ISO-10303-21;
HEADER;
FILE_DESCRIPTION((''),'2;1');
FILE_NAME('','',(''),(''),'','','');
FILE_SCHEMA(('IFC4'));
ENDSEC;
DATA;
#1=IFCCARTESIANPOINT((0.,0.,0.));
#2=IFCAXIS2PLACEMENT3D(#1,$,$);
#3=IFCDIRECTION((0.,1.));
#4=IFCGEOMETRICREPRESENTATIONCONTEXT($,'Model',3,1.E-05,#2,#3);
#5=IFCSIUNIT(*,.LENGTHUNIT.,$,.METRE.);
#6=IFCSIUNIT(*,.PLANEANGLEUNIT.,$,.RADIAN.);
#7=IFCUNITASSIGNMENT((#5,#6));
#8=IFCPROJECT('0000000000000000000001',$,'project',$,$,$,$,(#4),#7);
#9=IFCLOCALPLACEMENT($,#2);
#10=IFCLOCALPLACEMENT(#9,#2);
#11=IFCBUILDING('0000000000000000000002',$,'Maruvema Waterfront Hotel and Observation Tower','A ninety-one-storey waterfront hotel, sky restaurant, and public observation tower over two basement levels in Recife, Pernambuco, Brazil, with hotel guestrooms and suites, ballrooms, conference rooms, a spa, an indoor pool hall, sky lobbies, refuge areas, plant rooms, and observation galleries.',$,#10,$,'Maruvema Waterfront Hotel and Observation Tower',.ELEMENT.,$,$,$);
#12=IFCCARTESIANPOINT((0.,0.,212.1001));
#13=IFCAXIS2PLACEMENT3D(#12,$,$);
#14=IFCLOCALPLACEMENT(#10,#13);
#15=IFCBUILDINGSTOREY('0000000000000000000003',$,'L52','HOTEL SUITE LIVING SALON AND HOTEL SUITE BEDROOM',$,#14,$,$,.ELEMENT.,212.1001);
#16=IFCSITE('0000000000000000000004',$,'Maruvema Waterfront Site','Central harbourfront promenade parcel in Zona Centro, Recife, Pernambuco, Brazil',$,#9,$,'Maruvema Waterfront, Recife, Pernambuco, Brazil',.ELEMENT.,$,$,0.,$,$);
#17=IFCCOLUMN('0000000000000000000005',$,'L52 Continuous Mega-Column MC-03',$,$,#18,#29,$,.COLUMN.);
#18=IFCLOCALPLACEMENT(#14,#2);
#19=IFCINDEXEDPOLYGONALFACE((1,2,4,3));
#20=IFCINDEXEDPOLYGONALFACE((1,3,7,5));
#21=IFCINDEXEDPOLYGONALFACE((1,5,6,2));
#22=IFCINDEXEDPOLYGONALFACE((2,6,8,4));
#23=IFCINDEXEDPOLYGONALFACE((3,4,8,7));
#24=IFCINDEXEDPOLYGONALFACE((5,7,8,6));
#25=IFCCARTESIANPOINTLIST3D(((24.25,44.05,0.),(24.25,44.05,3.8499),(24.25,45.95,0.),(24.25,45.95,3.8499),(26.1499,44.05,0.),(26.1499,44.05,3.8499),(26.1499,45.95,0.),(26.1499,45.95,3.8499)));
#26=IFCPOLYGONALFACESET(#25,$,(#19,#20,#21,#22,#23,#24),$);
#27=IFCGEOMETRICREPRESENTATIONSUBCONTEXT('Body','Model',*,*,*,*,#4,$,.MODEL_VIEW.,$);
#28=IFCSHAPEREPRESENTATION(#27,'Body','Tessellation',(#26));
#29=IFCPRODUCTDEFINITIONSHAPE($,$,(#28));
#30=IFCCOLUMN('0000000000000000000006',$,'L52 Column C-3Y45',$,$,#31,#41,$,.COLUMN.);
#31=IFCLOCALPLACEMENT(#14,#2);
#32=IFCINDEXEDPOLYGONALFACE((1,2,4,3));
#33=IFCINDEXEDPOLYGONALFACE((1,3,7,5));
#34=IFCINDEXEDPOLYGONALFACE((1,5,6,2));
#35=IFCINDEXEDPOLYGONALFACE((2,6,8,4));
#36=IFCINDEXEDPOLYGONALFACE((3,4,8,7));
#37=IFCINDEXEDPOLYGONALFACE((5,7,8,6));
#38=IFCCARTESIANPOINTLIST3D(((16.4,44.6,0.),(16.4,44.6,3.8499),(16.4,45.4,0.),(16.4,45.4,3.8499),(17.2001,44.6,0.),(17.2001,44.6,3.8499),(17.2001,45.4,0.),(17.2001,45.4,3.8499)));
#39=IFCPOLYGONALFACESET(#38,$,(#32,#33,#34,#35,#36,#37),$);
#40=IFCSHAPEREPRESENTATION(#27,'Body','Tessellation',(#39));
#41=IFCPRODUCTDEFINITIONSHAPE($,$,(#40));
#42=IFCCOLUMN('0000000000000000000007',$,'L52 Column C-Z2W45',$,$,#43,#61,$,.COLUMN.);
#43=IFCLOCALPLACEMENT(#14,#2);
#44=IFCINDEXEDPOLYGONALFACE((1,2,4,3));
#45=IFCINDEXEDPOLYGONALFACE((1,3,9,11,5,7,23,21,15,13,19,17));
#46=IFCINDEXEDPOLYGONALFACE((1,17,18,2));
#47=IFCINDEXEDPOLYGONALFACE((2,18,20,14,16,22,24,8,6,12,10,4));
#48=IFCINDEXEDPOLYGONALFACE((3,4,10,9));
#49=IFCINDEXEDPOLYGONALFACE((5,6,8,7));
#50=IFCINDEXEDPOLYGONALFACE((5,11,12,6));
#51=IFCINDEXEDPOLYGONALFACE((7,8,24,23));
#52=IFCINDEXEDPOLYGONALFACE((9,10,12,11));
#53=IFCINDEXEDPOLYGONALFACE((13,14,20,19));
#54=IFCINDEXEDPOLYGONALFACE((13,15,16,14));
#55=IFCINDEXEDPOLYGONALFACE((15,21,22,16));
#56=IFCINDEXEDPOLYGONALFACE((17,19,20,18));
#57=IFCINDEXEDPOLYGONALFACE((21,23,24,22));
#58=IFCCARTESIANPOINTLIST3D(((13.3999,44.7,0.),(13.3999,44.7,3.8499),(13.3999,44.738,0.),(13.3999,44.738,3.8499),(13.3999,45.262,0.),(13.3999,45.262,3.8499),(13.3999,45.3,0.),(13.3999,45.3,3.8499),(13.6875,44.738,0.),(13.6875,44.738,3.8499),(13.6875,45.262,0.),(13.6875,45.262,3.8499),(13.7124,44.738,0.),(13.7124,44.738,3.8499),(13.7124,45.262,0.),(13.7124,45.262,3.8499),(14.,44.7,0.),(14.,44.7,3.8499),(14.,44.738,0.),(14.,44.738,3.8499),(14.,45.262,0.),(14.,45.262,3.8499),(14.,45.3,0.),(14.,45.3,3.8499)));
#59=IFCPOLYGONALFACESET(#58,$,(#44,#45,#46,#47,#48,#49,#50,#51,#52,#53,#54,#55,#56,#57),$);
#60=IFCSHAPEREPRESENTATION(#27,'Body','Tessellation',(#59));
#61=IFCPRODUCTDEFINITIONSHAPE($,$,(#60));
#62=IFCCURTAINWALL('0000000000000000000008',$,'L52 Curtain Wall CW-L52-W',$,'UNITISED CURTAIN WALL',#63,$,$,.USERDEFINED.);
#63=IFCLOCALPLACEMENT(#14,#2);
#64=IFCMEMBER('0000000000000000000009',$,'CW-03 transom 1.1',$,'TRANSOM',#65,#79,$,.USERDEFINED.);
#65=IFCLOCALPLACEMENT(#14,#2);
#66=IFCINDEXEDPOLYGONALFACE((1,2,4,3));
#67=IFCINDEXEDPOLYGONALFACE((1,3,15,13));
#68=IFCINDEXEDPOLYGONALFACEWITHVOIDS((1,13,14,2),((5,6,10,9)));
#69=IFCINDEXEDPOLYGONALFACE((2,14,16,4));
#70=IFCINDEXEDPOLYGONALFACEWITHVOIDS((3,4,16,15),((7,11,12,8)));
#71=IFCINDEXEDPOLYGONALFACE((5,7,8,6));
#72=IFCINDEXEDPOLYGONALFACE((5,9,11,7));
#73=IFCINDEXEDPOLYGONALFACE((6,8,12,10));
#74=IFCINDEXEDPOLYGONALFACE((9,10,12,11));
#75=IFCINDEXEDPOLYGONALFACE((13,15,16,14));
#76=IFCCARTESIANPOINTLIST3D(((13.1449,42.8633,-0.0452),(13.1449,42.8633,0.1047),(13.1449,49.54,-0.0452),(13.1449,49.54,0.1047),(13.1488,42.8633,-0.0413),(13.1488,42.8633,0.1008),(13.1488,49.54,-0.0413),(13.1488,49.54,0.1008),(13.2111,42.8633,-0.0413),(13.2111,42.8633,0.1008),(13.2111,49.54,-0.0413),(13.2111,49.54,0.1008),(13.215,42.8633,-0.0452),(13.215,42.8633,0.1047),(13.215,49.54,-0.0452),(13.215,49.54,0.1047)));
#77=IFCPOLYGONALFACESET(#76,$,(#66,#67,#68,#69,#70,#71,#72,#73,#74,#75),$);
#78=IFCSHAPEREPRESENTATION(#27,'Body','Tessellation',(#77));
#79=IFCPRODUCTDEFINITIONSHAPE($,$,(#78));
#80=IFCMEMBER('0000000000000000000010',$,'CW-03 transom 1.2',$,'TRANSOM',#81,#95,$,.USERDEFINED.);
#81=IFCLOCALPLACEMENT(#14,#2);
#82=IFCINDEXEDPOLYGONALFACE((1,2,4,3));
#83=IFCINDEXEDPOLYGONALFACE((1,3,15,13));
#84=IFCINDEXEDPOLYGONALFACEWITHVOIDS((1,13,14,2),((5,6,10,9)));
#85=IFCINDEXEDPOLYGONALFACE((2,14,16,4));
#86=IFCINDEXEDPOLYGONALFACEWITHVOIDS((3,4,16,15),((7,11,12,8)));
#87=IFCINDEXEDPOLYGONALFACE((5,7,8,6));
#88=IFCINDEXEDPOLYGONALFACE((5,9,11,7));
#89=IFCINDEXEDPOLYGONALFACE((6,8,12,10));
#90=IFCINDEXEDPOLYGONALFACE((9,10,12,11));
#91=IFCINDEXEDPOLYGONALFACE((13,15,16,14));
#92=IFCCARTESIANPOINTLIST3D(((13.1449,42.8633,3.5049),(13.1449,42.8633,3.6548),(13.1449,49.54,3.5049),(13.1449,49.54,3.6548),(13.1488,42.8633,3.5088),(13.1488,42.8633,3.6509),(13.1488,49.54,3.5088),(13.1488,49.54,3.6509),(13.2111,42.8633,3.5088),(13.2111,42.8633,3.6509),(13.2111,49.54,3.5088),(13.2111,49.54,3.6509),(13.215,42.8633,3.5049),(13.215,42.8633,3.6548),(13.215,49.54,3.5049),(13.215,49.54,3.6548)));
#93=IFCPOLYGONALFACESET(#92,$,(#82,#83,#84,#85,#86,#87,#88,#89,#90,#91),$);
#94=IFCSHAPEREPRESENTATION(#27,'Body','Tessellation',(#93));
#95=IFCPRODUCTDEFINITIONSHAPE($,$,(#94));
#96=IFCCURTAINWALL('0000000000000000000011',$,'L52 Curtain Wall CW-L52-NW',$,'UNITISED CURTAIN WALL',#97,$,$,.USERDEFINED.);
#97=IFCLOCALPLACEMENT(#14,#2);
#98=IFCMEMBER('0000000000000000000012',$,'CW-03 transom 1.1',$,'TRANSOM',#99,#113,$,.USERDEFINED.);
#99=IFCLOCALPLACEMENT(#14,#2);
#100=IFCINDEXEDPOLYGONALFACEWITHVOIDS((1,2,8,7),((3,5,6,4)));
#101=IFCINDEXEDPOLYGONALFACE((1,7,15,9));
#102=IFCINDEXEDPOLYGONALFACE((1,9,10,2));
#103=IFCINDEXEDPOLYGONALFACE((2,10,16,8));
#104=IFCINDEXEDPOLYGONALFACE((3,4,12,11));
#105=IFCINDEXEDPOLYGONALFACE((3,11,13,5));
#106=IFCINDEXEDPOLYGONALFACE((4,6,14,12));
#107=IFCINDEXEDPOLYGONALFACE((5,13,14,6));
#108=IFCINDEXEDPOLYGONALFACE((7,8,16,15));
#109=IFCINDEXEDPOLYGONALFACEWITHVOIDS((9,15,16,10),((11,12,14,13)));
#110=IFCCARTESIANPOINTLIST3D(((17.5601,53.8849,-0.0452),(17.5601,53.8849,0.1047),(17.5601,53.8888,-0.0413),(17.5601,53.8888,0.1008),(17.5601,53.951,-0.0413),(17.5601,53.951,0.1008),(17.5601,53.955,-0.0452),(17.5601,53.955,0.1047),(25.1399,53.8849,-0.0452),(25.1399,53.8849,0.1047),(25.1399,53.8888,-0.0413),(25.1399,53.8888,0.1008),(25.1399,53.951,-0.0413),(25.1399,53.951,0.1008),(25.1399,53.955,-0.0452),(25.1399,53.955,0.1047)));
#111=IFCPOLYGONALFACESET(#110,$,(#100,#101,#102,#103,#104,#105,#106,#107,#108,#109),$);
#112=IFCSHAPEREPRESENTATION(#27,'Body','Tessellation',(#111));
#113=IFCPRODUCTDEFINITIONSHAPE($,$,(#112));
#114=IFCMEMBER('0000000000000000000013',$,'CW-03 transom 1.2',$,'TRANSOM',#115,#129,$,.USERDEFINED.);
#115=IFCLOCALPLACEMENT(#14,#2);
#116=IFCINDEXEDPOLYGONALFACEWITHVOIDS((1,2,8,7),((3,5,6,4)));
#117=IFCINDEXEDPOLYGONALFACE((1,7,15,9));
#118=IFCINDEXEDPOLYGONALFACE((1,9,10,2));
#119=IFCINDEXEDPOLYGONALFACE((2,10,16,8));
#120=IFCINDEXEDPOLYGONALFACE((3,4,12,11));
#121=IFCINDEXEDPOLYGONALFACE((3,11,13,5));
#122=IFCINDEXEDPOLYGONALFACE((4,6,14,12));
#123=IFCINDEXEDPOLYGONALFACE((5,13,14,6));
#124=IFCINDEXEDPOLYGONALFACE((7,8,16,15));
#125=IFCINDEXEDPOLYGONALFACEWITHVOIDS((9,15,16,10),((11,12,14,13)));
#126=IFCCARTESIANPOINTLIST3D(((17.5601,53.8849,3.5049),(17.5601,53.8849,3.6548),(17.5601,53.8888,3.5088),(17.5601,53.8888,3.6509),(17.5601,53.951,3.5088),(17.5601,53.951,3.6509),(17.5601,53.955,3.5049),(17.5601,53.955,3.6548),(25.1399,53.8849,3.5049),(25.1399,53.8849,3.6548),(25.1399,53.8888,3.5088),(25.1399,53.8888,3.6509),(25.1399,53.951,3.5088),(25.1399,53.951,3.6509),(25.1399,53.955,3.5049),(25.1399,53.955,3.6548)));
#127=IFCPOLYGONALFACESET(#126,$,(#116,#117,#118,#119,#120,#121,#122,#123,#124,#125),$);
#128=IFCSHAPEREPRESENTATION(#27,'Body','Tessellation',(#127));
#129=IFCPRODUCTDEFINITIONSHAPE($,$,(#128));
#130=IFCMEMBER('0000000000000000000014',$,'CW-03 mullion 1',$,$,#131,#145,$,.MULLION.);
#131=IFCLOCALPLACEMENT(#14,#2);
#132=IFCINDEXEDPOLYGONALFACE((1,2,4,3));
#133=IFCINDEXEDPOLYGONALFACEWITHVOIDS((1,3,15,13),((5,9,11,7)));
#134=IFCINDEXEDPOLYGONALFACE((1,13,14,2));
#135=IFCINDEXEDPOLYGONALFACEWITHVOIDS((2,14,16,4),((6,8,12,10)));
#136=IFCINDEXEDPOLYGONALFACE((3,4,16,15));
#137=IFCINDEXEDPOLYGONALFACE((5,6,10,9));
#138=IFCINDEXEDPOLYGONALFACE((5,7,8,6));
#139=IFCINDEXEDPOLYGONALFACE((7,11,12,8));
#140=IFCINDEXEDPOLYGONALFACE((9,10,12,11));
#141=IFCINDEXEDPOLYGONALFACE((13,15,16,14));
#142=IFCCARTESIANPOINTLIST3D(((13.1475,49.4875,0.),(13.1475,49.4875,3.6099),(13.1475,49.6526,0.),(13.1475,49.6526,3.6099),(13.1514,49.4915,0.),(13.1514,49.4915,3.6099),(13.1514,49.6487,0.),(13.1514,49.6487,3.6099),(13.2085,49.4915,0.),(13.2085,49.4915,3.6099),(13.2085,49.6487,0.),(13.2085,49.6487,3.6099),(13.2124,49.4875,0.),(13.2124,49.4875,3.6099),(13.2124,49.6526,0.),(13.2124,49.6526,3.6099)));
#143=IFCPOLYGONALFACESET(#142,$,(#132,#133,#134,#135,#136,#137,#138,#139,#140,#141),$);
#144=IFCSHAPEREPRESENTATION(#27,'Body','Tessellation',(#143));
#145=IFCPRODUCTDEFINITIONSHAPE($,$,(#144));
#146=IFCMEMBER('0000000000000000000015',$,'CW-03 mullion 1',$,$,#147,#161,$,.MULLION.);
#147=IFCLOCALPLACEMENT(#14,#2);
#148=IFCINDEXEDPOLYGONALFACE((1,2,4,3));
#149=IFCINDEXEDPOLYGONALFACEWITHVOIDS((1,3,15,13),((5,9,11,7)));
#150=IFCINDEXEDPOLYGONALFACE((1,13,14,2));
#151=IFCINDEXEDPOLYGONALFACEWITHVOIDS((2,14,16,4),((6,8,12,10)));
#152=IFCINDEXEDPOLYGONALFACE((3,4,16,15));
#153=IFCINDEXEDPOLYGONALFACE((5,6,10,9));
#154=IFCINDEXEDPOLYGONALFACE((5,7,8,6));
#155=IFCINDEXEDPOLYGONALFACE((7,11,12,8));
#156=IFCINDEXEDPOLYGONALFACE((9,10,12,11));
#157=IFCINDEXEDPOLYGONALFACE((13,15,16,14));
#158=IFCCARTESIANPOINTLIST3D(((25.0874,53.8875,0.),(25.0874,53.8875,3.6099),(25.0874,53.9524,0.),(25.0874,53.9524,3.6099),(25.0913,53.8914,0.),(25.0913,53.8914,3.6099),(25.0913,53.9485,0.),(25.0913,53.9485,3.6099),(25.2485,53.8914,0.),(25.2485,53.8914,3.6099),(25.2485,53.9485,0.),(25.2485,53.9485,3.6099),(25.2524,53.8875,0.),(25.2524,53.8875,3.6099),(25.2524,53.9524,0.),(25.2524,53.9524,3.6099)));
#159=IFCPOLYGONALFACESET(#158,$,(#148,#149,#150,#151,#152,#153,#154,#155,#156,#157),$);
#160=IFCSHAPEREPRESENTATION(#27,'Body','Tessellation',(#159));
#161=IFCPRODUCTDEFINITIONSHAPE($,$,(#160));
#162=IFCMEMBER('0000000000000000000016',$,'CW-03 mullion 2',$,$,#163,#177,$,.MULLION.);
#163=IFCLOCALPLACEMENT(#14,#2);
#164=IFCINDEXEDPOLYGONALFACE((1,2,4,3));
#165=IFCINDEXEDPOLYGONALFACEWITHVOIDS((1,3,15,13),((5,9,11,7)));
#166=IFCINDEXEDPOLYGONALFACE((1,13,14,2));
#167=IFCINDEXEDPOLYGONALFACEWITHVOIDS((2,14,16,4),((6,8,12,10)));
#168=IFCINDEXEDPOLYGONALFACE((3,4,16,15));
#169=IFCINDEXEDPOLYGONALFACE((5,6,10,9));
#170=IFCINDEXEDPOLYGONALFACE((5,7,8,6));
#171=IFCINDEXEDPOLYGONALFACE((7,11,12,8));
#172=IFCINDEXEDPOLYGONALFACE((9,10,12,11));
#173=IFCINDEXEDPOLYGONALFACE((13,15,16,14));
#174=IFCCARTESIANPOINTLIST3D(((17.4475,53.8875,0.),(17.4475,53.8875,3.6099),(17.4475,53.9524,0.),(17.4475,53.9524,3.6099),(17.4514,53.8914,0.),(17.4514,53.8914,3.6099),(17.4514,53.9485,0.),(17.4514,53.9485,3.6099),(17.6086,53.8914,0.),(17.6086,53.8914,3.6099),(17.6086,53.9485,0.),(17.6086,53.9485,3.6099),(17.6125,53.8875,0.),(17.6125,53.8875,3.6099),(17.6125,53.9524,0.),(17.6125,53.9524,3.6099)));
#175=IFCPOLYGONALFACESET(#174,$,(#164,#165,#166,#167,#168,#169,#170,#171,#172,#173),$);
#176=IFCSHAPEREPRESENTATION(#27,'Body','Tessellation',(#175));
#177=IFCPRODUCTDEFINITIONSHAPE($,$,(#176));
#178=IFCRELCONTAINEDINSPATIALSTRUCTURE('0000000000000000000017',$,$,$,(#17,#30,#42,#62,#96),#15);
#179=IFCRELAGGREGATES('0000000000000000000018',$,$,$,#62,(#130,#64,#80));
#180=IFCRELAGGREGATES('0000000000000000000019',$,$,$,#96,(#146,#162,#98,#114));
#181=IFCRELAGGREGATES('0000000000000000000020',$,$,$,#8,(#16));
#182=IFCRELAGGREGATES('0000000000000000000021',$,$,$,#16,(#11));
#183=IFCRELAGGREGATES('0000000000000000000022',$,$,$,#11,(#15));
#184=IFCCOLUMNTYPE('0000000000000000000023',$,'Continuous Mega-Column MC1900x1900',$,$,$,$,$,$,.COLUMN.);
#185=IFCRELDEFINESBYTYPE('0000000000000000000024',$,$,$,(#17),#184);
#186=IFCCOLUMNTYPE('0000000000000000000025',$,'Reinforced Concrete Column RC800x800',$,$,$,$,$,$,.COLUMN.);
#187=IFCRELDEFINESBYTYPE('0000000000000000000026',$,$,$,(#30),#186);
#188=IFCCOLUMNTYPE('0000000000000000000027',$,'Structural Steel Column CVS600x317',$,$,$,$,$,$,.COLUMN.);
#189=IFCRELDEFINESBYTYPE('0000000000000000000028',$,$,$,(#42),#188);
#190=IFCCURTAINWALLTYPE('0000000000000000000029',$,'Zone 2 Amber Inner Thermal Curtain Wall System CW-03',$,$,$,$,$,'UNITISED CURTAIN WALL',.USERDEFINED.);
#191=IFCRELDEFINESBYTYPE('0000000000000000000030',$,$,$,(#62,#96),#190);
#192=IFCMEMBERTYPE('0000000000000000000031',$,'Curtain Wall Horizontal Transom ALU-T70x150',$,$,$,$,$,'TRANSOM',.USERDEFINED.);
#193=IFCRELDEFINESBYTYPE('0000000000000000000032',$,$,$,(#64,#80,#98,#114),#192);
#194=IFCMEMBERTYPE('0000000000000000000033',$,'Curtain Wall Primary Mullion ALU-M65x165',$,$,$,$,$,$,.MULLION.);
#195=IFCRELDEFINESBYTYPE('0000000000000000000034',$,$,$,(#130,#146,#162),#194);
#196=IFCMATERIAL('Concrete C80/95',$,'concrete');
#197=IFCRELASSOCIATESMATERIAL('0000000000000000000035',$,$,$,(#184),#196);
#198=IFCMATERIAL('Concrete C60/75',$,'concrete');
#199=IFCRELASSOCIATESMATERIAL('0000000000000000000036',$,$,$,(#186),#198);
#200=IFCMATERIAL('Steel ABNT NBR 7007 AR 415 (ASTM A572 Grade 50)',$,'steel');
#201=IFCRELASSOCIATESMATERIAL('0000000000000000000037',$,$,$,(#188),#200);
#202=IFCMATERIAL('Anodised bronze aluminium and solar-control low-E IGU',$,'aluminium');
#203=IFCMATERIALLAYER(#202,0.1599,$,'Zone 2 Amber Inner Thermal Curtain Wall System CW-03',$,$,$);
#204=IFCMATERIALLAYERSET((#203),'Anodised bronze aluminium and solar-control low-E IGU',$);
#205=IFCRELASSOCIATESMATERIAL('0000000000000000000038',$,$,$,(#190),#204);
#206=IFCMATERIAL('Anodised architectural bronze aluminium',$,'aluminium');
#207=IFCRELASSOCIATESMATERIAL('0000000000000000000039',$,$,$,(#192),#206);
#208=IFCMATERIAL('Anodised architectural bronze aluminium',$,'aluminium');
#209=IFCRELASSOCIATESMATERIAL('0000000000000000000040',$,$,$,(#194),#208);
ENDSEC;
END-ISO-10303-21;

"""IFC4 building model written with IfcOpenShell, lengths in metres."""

from ifc_helpers import new_model, si_unit, direction, frame, origin, origin_2d, place, context, subcontext, project, spatial, rectangle, hollow_rectangle, i_section, extrude, material, layer, layer_set, material_profile, profile_set, type_object, element, aggregate, save


model = new_model("IFC4")

# Units and contexts
model_context = context("Model", 3, precision=1e-05, world=origin(), true_north=direction((0.0, 1.0)))
body_context = subcontext(model_context, "Body", "Model", "MODEL_VIEW")
ifc_project = project(units=[si_unit("LENGTHUNIT", "METRE"), si_unit("PLANEANGLEUNIT", "RADIAN")], contexts=[model_context])

# Site, building, storey
site_placement = place(None, origin())
site = spatial("IfcSite", under=ifc_project, at=site_placement, Name="Maruvema Waterfront Site", Description="Central harbourfront promenade parcel in Zona Centro, Recife, Pernambuco, Brazil", LongName="Maruvema Waterfront, Recife, Pernambuco, Brazil", CompositionType="ELEMENT", RefElevation=0.0)
building_placement = place(site_placement, origin())
building = spatial("IfcBuilding", under=site, at=building_placement, Name="Maruvema Waterfront Hotel and Observation Tower", Description="A ninety-one-storey waterfront hotel, sky restaurant, and public observation tower over two basement levels in Recife, Pernambuco, Brazil, with hotel guestrooms and suites, ballrooms, conference rooms, a spa, an indoor pool hall, sky lobbies, refuge areas, plant rooms, and observation galleries.", LongName="Maruvema Waterfront Hotel and Observation Tower", CompositionType="ELEMENT")
storey_placement = place(building_placement, frame((0.0, 0.0, 212.1001)))
storey = spatial("IfcBuildingStorey", under=building, at=storey_placement, Name="L52", Description="HOTEL SUITE LIVING SALON AND HOTEL SUITE BEDROOM", CompositionType="ELEMENT", Elevation=212.1001)

# Columns
ifc_material_1 = material(Name="Concrete C80/95", Category="concrete")
ifc_material_profile_1 = material_profile(ifc_material_1, rectangle(XDim=1.8999, YDim=1.8999, at=origin_2d()), Name="MC1900x1900")
ifc_profile_set_1 = profile_set([ifc_material_profile_1], Name="Concrete C80/95")
column_type_1 = type_object("IfcColumnType", Name="Continuous Mega-Column MC1900x1900", PredefinedType="COLUMN", material=ifc_profile_set_1)
column_1_placement = place(storey_placement, frame((25.2, 45.0, 0.0), z_axis=(0.0, 0.0, 1.0), x_axis=(1.0, 0.0, 0.0)))
element("IfcColumn", 1, at=column_1_placement, inside=storey, type_object=column_type_1, Name="L52 Continuous Mega-Column MC-03", PredefinedType="COLUMN", context=body_context, shape_type="SweptSolid", body=[
    extrude(rectangle(XDim=1.8999, YDim=1.8999, at=origin_2d()), origin(), (0.0, 0.0, 1.0), 3.8499),
])
ifc_material_2 = material(Name="Concrete C60/75", Category="concrete")
ifc_material_profile_2 = material_profile(ifc_material_2, rectangle(XDim=0.8, YDim=0.8, at=origin_2d()), Name="RC800x800")
ifc_profile_set_2 = profile_set([ifc_material_profile_2], Name="Concrete C60/75")
column_type_2 = type_object("IfcColumnType", Name="Reinforced Concrete Column RC800x800", PredefinedType="COLUMN", material=ifc_profile_set_2)
column_2_placement = place(storey_placement, frame((16.8, 45.0, 0.0), z_axis=(0.0, 0.0, 1.0), x_axis=(1.0, 0.0, 0.0)))
element("IfcColumn", 2, at=column_2_placement, inside=storey, type_object=column_type_2, Name="L52 Column C-3Y45", PredefinedType="COLUMN", context=body_context, shape_type="SweptSolid", body=[
    extrude(rectangle(XDim=0.8, YDim=0.8, at=origin_2d()), origin(), (0.0, 0.0, 1.0), 3.8499),
])
ifc_material_3 = material(Name="Steel ABNT NBR 7007 AR 415 (ASTM A572 Grade 50)", Category="steel")
ifc_material_profile_3 = material_profile(ifc_material_3, i_section(OverallWidth=0.6001, OverallDepth=0.6001, WebThickness=0.0249, FlangeThickness=0.0381, at=origin_2d()), Name="CVS600x317")
ifc_profile_set_3 = profile_set([ifc_material_profile_3], Name="Steel ABNT NBR 7007 AR 415 (ASTM A572 Grade 50)")
column_type_3 = type_object("IfcColumnType", Name="Structural Steel Column CVS600x317", PredefinedType="COLUMN", material=ifc_profile_set_3)
column_3_placement = place(storey_placement, frame((13.7, 45.0, 0.0), z_axis=(0.0, 0.0, 1.0), x_axis=(1.0, 0.0, 0.0)))
element("IfcColumn", 3, at=column_3_placement, inside=storey, type_object=column_type_3, Name="L52 Column C-Z2W45", PredefinedType="COLUMN", context=body_context, shape_type="SweptSolid", body=[
    extrude(i_section(OverallWidth=0.6001, OverallDepth=0.6001, WebThickness=0.0249, FlangeThickness=0.0381, at=origin_2d()), origin(), (0.0, 0.0, 1.0), 3.8499),
])

# Curtain walls, members
ifc_material_4 = material(Name="Anodised bronze aluminium and solar-control low-E IGU", Category="aluminium")
ifc_layer_1 = layer(ifc_material_4, 0.1599, Name="Zone 2 Amber Inner Thermal Curtain Wall System CW-03")
ifc_layer_set_1 = layer_set([ifc_layer_1], Name="Anodised bronze aluminium and solar-control low-E IGU")
curtain_wall_type = type_object("IfcCurtainWallType", Name="Zone 2 Amber Inner Thermal Curtain Wall System CW-03", ElementType="UNITISED CURTAIN WALL", PredefinedType="USERDEFINED", material=ifc_layer_set_1)
curtain_wall_1_placement = place(storey_placement, origin())
curtain_wall_1 = element("IfcCurtainWall", 4, at=curtain_wall_1_placement, inside=storey, type_object=curtain_wall_type, Name="L52 Curtain Wall CW-L52-W", ObjectType="UNITISED CURTAIN WALL", PredefinedType="USERDEFINED")
ifc_material_5 = material(Name="Anodised architectural bronze aluminium", Category="aluminium")
ifc_material_profile_4 = material_profile(ifc_material_5, hollow_rectangle(XDim=0.0701, YDim=0.1499, WallThickness=0.0039, at=origin_2d()), Name="ALU-T70x150")
ifc_profile_set_4 = profile_set([ifc_material_profile_4], Name="Anodised architectural bronze aluminium")
member_type_1 = type_object("IfcMemberType", Name="Curtain Wall Horizontal Transom ALU-T70x150", ElementType="TRANSOM", PredefinedType="USERDEFINED", material=ifc_profile_set_4)
member_1_placement = place(storey_placement, frame((13.1799, 49.54, 0.0298), z_axis=(0.0, -1.0, 0.0), x_axis=(1.0, 0.0, 0.0)))
member_1 = element("IfcMember", 5, at=member_1_placement, type_object=member_type_1, Name="CW-03 transom 1.1", ObjectType="TRANSOM", PredefinedType="USERDEFINED", context=body_context, shape_type="SweptSolid", body=[
    extrude(hollow_rectangle(XDim=0.0701, YDim=0.1499, WallThickness=0.0039, at=origin_2d()), origin(), (0.0, 0.0, 1.0), 6.6768),
])
member_2_placement = place(storey_placement, frame((13.1799, 49.54, 3.5798), z_axis=(0.0, -1.0, 0.0), x_axis=(1.0, 0.0, 0.0)))
member_2 = element("IfcMember", 6, at=member_2_placement, type_object=member_type_1, Name="CW-03 transom 1.2", ObjectType="TRANSOM", PredefinedType="USERDEFINED", context=body_context, shape_type="SweptSolid", body=[
    extrude(hollow_rectangle(XDim=0.0701, YDim=0.1499, WallThickness=0.0039, at=origin_2d()), origin(), (0.0, 0.0, 1.0), 6.6768),
])
curtain_wall_2_placement = place(storey_placement, origin())
curtain_wall_2 = element("IfcCurtainWall", 7, at=curtain_wall_2_placement, inside=storey, type_object=curtain_wall_type, Name="L52 Curtain Wall CW-L52-NW", ObjectType="UNITISED CURTAIN WALL", PredefinedType="USERDEFINED")
member_3_placement = place(storey_placement, frame((25.1399, 53.9199, 0.0298), z_axis=(-1.0, 0.0, 0.0), x_axis=(0.0, -1.0, 0.0)))
member_3 = element("IfcMember", 8, at=member_3_placement, type_object=member_type_1, Name="CW-03 transom 1.1", ObjectType="TRANSOM", PredefinedType="USERDEFINED", context=body_context, shape_type="SweptSolid", body=[
    extrude(hollow_rectangle(XDim=0.0701, YDim=0.1499, WallThickness=0.0039, at=origin_2d()), origin(), (0.0, 0.0, 1.0), 7.5798),
])
member_4_placement = place(storey_placement, frame((25.1399, 53.9199, 3.5798), z_axis=(-1.0, 0.0, 0.0), x_axis=(0.0, -1.0, 0.0)))
member_4 = element("IfcMember", 9, at=member_4_placement, type_object=member_type_1, Name="CW-03 transom 1.2", ObjectType="TRANSOM", PredefinedType="USERDEFINED", context=body_context, shape_type="SweptSolid", body=[
    extrude(hollow_rectangle(XDim=0.0701, YDim=0.1499, WallThickness=0.0039, at=origin_2d()), origin(), (0.0, 0.0, 1.0), 7.5798),
])

# Members
ifc_material_6 = material(Name="Anodised architectural bronze aluminium", Category="aluminium")
ifc_material_profile_5 = material_profile(ifc_material_6, hollow_rectangle(XDim=0.0649, YDim=0.165, WallThickness=0.0039, at=origin_2d()), Name="ALU-M65x165")
ifc_profile_set_5 = profile_set([ifc_material_profile_5], Name="Anodised architectural bronze aluminium")
member_type_2 = type_object("IfcMemberType", Name="Curtain Wall Primary Mullion ALU-M65x165", PredefinedType="MULLION", material=ifc_profile_set_5)
member_5_placement = place(storey_placement, frame((13.1799, 49.5701, 0.0), z_axis=(0.0, 0.0, 1.0), x_axis=(1.0, 0.0, 0.0)))
member_5 = element("IfcMember", 10, at=member_5_placement, type_object=member_type_2, Name="CW-03 mullion 1", PredefinedType="MULLION", context=body_context, shape_type="SweptSolid", body=[
    extrude(hollow_rectangle(XDim=0.0649, YDim=0.165, WallThickness=0.0039, at=origin_2d()), origin(), (0.0, 0.0, 1.0), 3.6099),
])
member_6_placement = place(storey_placement, frame((25.1699, 53.9199, 0.0), z_axis=(0.0, 0.0, 1.0), x_axis=(0.0, -1.0, 0.0)))
member_6 = element("IfcMember", 11, at=member_6_placement, type_object=member_type_2, Name="CW-03 mullion 1", PredefinedType="MULLION", context=body_context, shape_type="SweptSolid", body=[
    extrude(hollow_rectangle(XDim=0.0649, YDim=0.165, WallThickness=0.0039, at=origin_2d()), origin(), (0.0, 0.0, 1.0), 3.6099),
])
member_7_placement = place(storey_placement, frame((17.53, 53.9199, 0.0), z_axis=(0.0, 0.0, 1.0), x_axis=(0.0, -1.0, 0.0)))
member_7 = element("IfcMember", 12, at=member_7_placement, type_object=member_type_2, Name="CW-03 mullion 2", PredefinedType="MULLION", context=body_context, shape_type="SweptSolid", body=[
    extrude(hollow_rectangle(XDim=0.0649, YDim=0.165, WallThickness=0.0039, at=origin_2d()), origin(), (0.0, 0.0, 1.0), 3.6099),
])

aggregate(curtain_wall_1, [member_5, member_1, member_2])
aggregate(curtain_wall_2, [member_6, member_7, member_3, member_4])

save(model, "model.ifc")
